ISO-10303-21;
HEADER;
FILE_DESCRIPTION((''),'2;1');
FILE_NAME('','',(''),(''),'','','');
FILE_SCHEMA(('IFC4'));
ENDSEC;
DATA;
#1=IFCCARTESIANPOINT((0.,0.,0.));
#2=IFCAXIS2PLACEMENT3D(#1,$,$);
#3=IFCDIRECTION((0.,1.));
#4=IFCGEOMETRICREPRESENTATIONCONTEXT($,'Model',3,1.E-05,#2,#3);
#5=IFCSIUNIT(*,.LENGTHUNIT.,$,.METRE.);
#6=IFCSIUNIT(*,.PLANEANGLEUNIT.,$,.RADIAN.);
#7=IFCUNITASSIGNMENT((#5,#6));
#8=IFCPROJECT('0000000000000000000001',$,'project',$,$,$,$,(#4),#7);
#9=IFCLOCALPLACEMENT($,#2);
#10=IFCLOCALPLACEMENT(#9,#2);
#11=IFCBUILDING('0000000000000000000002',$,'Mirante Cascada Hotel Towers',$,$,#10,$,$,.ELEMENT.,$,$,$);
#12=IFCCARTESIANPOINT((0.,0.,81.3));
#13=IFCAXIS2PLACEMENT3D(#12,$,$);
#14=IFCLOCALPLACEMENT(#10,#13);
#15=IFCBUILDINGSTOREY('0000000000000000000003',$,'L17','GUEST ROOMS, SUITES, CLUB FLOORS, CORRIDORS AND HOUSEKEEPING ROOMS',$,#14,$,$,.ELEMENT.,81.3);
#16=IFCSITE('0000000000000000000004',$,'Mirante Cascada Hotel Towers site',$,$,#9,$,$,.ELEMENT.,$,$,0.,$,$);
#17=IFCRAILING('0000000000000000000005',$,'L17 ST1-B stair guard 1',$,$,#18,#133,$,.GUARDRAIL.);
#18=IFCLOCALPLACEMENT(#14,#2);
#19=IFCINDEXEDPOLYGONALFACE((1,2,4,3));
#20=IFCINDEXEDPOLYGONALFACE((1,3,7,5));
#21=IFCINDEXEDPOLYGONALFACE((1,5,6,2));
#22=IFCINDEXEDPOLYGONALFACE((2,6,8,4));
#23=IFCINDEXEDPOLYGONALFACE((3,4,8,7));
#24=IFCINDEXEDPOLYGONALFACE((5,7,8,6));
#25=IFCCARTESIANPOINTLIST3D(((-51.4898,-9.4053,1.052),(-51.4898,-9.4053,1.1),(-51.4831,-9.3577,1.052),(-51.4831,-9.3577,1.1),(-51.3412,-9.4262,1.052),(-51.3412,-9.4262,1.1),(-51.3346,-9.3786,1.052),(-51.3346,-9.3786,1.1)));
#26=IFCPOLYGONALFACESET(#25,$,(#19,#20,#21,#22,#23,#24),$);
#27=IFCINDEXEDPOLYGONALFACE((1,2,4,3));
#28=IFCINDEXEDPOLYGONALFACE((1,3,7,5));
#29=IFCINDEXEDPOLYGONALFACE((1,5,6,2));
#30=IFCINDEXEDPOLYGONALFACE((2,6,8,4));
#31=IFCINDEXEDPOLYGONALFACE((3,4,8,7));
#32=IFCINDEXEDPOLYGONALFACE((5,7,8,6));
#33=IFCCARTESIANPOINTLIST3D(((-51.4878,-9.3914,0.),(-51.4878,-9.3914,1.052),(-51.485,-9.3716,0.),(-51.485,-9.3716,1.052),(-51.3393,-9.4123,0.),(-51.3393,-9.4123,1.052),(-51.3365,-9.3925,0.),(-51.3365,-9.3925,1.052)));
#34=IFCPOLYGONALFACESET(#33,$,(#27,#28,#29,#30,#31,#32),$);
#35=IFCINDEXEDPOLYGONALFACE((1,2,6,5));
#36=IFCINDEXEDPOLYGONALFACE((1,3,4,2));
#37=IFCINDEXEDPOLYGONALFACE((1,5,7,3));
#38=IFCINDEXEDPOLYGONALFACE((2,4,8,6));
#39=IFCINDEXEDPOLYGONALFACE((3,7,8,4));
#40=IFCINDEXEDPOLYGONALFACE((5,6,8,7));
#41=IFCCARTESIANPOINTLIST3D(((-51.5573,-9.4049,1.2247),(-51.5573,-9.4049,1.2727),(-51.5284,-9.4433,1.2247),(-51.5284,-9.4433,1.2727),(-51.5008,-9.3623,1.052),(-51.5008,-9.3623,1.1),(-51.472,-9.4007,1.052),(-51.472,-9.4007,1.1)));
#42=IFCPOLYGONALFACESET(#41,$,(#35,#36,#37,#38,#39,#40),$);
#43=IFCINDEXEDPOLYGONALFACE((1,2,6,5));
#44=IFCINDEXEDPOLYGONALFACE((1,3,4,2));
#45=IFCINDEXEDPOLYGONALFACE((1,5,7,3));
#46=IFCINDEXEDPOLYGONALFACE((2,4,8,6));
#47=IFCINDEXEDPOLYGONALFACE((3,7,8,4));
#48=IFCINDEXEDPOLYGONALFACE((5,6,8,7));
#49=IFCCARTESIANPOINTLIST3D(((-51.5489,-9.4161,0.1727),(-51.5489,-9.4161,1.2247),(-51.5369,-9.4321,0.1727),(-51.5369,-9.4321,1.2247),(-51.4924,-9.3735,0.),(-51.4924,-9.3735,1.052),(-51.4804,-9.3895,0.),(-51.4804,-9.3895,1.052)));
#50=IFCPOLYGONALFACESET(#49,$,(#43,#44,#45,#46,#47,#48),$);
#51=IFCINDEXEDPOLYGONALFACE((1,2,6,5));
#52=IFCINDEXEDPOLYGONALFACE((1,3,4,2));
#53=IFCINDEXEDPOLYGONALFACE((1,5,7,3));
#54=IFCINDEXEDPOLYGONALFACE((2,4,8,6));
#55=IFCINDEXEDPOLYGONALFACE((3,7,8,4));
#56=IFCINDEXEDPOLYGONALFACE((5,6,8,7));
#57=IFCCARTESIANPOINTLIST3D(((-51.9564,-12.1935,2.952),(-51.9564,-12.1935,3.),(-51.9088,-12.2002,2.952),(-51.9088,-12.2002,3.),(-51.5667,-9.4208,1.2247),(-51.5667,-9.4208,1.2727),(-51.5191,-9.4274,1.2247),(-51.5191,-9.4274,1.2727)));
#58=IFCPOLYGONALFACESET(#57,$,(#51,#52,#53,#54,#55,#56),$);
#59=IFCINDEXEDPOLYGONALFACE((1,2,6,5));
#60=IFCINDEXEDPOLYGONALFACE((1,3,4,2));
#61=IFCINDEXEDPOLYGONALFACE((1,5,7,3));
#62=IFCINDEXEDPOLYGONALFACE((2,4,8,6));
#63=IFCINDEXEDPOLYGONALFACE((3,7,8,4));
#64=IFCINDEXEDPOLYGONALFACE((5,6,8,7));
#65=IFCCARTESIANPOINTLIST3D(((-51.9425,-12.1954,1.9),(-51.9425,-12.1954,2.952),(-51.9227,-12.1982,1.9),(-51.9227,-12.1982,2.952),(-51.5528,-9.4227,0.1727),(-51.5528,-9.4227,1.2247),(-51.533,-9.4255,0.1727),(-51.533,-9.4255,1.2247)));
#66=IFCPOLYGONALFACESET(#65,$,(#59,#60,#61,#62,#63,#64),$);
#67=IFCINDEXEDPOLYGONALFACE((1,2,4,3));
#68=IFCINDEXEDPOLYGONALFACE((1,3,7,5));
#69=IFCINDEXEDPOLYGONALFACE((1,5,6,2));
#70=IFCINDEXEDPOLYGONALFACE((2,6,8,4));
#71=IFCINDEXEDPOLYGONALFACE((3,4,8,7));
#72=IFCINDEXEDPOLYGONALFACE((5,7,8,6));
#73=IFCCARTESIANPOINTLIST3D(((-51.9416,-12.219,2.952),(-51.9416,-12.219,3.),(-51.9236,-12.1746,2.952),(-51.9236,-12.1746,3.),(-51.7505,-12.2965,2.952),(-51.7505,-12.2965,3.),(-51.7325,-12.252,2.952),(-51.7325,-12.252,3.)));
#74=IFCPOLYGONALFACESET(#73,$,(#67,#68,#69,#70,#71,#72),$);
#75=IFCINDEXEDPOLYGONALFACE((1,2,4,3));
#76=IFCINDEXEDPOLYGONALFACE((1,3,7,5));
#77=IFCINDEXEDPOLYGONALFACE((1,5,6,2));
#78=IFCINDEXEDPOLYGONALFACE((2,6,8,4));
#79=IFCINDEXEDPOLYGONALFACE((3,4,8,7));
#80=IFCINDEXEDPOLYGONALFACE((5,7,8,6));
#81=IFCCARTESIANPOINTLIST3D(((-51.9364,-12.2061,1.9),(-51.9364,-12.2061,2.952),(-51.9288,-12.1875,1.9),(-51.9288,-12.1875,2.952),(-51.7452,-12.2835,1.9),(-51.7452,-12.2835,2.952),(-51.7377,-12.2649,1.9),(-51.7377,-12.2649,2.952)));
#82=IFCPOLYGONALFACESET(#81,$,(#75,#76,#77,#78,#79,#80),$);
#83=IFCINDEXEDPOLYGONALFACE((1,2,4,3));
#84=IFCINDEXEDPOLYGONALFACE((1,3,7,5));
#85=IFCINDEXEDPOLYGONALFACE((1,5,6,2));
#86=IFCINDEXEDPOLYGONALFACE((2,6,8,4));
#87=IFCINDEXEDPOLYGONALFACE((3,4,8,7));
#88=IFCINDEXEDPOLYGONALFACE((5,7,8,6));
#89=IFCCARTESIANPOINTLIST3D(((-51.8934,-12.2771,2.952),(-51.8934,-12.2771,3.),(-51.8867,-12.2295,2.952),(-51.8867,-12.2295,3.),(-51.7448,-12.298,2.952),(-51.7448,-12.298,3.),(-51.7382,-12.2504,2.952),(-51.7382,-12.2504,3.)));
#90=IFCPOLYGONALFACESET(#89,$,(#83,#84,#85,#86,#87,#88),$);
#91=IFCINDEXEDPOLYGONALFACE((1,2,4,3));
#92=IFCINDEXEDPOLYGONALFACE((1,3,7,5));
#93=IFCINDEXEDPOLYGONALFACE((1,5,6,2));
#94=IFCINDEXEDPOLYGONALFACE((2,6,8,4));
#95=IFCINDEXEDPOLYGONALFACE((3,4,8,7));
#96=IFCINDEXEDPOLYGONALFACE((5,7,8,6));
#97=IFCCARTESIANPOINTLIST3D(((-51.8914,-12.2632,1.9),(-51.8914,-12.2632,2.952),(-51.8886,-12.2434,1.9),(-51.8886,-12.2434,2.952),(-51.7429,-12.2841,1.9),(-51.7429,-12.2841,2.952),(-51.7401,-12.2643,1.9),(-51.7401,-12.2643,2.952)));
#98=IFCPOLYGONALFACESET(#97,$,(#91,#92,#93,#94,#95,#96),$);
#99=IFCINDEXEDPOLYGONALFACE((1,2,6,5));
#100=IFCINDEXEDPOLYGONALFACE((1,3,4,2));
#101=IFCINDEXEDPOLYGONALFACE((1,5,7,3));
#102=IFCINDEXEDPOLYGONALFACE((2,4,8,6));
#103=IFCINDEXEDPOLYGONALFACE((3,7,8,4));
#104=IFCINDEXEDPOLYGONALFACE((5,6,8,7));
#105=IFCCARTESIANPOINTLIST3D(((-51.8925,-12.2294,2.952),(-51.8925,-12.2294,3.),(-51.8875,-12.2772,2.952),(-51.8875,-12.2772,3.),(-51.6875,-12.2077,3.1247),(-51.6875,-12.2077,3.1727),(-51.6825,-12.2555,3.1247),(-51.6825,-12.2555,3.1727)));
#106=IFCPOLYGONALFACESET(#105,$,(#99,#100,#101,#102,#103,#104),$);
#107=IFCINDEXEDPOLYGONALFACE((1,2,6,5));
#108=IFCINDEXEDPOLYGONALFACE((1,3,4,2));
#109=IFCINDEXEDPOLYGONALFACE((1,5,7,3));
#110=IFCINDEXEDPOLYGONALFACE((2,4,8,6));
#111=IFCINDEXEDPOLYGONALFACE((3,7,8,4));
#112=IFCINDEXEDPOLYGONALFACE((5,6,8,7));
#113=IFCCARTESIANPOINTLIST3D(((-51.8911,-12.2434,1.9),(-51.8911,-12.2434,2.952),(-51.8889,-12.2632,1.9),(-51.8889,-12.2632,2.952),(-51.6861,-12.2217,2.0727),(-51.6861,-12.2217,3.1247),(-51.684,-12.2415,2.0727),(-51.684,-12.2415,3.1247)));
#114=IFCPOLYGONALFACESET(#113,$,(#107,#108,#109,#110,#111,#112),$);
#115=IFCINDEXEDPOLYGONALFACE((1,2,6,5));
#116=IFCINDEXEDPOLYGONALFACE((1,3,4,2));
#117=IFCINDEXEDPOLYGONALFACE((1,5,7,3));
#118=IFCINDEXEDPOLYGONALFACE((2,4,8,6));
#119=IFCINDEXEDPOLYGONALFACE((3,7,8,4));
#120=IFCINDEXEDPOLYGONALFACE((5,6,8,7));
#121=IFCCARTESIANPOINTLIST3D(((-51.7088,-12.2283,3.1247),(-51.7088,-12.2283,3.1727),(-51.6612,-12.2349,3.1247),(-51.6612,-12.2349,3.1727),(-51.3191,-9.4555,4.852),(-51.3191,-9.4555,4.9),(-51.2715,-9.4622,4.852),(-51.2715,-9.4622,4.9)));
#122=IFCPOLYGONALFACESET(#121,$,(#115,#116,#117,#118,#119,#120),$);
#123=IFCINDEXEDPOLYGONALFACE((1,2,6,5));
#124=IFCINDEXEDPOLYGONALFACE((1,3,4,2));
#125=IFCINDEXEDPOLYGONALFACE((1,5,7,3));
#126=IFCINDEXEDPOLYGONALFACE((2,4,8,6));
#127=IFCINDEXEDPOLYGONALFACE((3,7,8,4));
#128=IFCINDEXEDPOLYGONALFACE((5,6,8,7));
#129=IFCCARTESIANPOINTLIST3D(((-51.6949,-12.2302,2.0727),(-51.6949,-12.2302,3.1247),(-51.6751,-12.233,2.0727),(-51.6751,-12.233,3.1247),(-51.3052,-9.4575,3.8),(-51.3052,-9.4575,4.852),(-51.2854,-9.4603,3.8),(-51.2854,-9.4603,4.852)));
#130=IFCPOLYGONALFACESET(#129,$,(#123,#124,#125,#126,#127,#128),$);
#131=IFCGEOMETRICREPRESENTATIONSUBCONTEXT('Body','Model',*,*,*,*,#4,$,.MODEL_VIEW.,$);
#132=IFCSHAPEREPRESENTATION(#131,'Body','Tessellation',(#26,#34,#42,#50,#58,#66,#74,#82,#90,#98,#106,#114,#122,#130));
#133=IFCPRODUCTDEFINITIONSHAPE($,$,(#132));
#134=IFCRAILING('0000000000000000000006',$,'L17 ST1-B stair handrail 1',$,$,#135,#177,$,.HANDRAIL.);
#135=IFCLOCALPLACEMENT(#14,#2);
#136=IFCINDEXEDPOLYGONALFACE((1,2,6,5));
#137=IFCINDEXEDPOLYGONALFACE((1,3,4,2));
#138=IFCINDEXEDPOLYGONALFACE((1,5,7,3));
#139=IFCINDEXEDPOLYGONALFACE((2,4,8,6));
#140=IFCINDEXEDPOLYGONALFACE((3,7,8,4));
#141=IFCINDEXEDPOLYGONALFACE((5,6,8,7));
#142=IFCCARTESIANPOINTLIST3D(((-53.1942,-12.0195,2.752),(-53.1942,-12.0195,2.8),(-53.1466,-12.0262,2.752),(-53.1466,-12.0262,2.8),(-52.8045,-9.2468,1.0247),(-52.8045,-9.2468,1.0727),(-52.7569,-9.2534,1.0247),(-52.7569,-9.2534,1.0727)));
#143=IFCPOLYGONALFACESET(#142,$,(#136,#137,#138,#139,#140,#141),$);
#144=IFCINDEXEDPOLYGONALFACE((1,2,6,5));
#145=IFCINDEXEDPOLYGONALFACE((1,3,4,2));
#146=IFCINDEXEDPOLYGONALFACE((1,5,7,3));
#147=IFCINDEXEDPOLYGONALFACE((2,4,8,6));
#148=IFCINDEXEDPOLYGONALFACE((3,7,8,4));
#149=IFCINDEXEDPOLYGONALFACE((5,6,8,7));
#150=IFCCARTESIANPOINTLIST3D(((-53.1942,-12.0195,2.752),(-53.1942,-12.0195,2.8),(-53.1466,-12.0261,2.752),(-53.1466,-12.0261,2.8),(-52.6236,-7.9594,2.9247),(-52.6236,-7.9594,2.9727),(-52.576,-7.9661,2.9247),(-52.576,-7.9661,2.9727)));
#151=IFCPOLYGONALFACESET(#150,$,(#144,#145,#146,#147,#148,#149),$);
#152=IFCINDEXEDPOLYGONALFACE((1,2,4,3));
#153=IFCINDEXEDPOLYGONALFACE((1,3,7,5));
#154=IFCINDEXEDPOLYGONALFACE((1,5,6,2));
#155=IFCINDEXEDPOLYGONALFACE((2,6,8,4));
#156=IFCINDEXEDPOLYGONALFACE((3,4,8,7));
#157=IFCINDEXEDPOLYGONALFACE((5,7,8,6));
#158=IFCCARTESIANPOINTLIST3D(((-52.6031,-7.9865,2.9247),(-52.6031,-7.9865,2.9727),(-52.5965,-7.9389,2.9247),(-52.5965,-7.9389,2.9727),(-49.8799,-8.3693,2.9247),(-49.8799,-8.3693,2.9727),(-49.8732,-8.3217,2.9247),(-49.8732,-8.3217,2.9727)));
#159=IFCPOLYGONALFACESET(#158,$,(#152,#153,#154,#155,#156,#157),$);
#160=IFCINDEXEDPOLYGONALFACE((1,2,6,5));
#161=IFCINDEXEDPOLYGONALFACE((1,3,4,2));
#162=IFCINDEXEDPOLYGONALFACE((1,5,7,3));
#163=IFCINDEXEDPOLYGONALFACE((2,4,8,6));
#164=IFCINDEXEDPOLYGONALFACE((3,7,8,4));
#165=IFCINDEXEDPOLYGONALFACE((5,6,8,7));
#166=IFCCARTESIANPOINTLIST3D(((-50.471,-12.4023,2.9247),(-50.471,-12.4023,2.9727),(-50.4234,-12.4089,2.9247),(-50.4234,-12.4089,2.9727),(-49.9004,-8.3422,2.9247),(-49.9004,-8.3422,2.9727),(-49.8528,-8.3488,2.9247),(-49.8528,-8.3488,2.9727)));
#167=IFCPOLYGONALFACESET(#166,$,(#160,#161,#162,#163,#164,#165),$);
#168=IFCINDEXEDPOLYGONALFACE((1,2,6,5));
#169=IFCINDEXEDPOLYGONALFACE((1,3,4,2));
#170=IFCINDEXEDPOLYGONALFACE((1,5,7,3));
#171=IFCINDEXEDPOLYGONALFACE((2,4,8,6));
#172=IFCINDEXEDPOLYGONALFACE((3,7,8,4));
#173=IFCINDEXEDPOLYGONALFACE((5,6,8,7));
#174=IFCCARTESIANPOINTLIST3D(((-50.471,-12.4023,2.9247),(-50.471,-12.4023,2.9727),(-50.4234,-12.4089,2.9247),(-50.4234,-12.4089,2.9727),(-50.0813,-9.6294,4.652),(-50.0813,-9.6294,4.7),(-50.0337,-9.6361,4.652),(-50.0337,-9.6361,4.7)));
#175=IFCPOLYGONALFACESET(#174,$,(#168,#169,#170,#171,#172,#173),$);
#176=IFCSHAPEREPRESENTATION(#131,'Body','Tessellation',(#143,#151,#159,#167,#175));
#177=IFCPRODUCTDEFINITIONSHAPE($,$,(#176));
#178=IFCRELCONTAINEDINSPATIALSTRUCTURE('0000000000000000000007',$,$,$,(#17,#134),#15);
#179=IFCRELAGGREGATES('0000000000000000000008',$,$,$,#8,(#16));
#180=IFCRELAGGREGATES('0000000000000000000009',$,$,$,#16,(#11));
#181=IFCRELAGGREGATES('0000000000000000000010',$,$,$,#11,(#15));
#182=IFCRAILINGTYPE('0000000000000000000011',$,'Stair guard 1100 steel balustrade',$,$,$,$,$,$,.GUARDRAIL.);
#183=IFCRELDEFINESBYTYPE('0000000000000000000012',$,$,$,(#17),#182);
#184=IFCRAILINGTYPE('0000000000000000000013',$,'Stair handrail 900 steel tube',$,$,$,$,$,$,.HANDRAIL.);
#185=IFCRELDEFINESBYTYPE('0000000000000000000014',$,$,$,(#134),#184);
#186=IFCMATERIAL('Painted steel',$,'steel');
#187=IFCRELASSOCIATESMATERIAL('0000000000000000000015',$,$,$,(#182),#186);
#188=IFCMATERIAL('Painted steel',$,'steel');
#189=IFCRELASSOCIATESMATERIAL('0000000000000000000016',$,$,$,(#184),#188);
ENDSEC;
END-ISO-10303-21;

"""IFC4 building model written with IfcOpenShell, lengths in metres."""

from ifc_helpers import new_model, si_unit, direction, frame, origin, origin_2d, place, context, subcontext, project, spatial, rectangle, extrude, material, type_object, element, save


model = new_model("IFC4")

# Units and contexts
model_context = context("Model", 3, precision=1e-05, world=origin(), true_north=direction((0.0, 1.0)))
body_context = subcontext(model_context, "Body", "Model", "MODEL_VIEW")
ifc_project = project(units=[si_unit("LENGTHUNIT", "METRE"), si_unit("PLANEANGLEUNIT", "RADIAN")], contexts=[model_context])

# Site, building, storey
site_placement = place(None, origin())
site = spatial("IfcSite", under=ifc_project, at=site_placement, Name="Mirante Cascada Hotel Towers site", CompositionType="ELEMENT", RefElevation=0.0)
building_placement = place(site_placement, origin())
building = spatial("IfcBuilding", under=site, at=building_placement, Name="Mirante Cascada Hotel Towers", CompositionType="ELEMENT")
storey_placement = place(building_placement, frame((0.0, 0.0, 81.3)))
storey = spatial("IfcBuildingStorey", under=building, at=storey_placement, Name="L17", Description="GUEST ROOMS, SUITES, CLUB FLOORS, CORRIDORS AND HOUSEKEEPING ROOMS", CompositionType="ELEMENT", Elevation=81.3)

# Railings
ifc_material_1 = material(Name="Painted steel", Category="steel")
railing_type_1 = type_object("IfcRailingType", Name="Stair guard 1100 steel balustrade", PredefinedType="GUARDRAIL", material=ifc_material_1)
railing_1_placement = place(storey_placement, frame((-51.3379, -9.4024, 0.0)))
element("IfcRailing", 1, at=railing_1_placement, inside=storey, type_object=railing_type_1, Name="L17 ST1-B stair guard 1", PredefinedType="GUARDRAIL", context=body_context, shape_type="SweptSolid", body=[
    extrude(rectangle(XDim=0.048, YDim=0.048, at=origin_2d()), frame((0.0, 0.0, 1.076), z_axis=(-0.990241, 0.139367, 0.0), x_axis=(-0.139367, -0.990241, 0.0)), (0.0, 0.0, 1.0), 0.15),
    extrude(rectangle(XDim=0.02, YDim=1.052, at=origin_2d()), frame((0.0, 0.0, 0.526), z_axis=(-0.990241, 0.139367, 0.0), x_axis=(-0.139367, -0.990241, 0.0)), (0.0, 0.0, 1.0), 0.15),
    extrude(rectangle(XDim=0.048, YDim=0.048, at=origin_2d()), frame((-0.1485, 0.0209, 1.076), z_axis=(-0.798471, -0.602033, 0.0), x_axis=(0.602033, -0.798471, 0.0)), (0.0, 0.92534, 0.379139), 0.1866),
    extrude(rectangle(XDim=0.02, YDim=1.052, at=origin_2d()), frame((-0.1485, 0.0209, 0.526), z_axis=(-0.798471, -0.602033, 0.0), x_axis=(0.602033, -0.798471, 0.0)), (0.0, 0.92534, 0.379139), 0.1866),
    extrude(rectangle(XDim=0.048, YDim=0.048, at=origin_2d()), frame((-0.205, -0.0217, 1.2487), z_axis=(-0.139181, -0.990267, 0.0), x_axis=(0.990267, -0.139181, 0.0)), (0.0, 0.525035, 0.851081), 3.2899),
    extrude(rectangle(XDim=0.02, YDim=1.052, at=origin_2d()), frame((-0.205, -0.0217, 0.6987), z_axis=(-0.139181, -0.990267, 0.0), x_axis=(0.990267, -0.139181, 0.0)), (0.0, 0.525035, 0.851081), 3.2899),
    extrude(rectangle(XDim=0.048, YDim=0.048, at=origin_2d()), frame((-0.5947, -2.7944, 2.976), z_axis=(0.926862, -0.375401, 0.0), x_axis=(0.375401, 0.926862, 0.0)), (0.0, 0.0, 1.0), 0.2062),
    extrude(rectangle(XDim=0.02, YDim=1.052, at=origin_2d()), frame((-0.5947, -2.7944, 2.426), z_axis=(0.926862, -0.375401, 0.0), x_axis=(0.375401, 0.926862, 0.0)), (0.0, 0.0, 1.0), 0.2062),
    extrude(rectangle(XDim=0.048, YDim=0.048, at=origin_2d()), frame((-0.4036, -2.8718, 2.976), z_axis=(-0.990241, 0.139367, 0.0), x_axis=(-0.139367, -0.990241, 0.0)), (0.0, 0.0, 1.0), 0.15),
    extrude(rectangle(XDim=0.02, YDim=1.052, at=origin_2d()), frame((-0.4036, -2.8718, 2.426), z_axis=(-0.990241, 0.139367, 0.0), x_axis=(-0.139367, -0.990241, 0.0)), (0.0, 0.0, 1.0), 0.15),
    extrude(rectangle(XDim=0.048, YDim=0.048, at=origin_2d()), frame((-0.5521, -2.8509, 2.976), z_axis=(0.994444, 0.105266, 0.0), x_axis=(-0.105266, 0.994444, 0.0)), (0.0, 0.642184, 0.76655), 0.2689),
    extrude(rectangle(XDim=0.02, YDim=1.052, at=origin_2d()), frame((-0.5521, -2.8509, 2.426), z_axis=(0.994444, 0.105266, 0.0), x_axis=(-0.105266, 0.994444, 0.0)), (0.0, 0.642184, 0.76655), 0.2689),
    extrude(rectangle(XDim=0.048, YDim=0.048, at=origin_2d()), frame((-0.3471, -2.8292, 3.1487), z_axis=(0.139181, 0.990267, 0.0), x_axis=(-0.990267, 0.139181, 0.0)), (0.0, 0.525035, 0.851081), 3.2899),
    extrude(rectangle(XDim=0.02, YDim=1.052, at=origin_2d()), frame((-0.3471, -2.8292, 2.5987), z_axis=(0.139181, 0.990267, 0.0), x_axis=(-0.990267, 0.139181, 0.0)), (0.0, 0.525035, 0.851081), 3.2899),
])
ifc_material_2 = material(Name="Painted steel", Category="steel")
railing_type_2 = type_object("IfcRailingType", Name="Stair handrail 900 steel tube", PredefinedType="HANDRAIL", material=ifc_material_2)
railing_2_placement = place(storey_placement, frame((-52.7807, -9.2501, 0.1727)))
element("IfcRailing", 2, at=railing_2_placement, inside=storey, type_object=railing_type_2, Name="L17 ST1-B stair handrail 1", PredefinedType="HANDRAIL", context=body_context, shape_type="SweptSolid", body=[
    extrude(rectangle(XDim=0.048, YDim=0.048, at=origin_2d()), frame((0.0, 0.0, 0.876), z_axis=(-0.139181, -0.990267, 0.0), x_axis=(0.990267, -0.139181, 0.0)), (0.0, 0.525035, 0.851081), 3.2899),
    extrude(rectangle(XDim=0.048, YDim=0.048, at=origin_2d()), frame((-0.3897, -2.7727, 2.6033), z_axis=(0.139171, 0.990268, 0.0), x_axis=(-0.990268, 0.139171, 0.0)), (0.0, 0.042085, 0.999114), 4.1036),
    extrude(rectangle(XDim=0.048, YDim=0.048, at=origin_2d()), frame((0.1809, 1.2874, 2.776), z_axis=(0.990264, -0.139201, 0.0), x_axis=(0.139201, 0.990264, 0.0)), (0.0, 0.0, 1.0), 2.75),
    extrude(rectangle(XDim=0.048, YDim=0.048, at=origin_2d()), frame((2.9041, 0.9046, 2.776), z_axis=(-0.139171, -0.990268, 0.0), x_axis=(0.990268, -0.139171, 0.0)), (0.0, 0.0, 1.0), 4.1),
    extrude(rectangle(XDim=0.048, YDim=0.048, at=origin_2d()), frame((2.3335, -3.1555, 2.776), z_axis=(0.139176, 0.990268, 0.0), x_axis=(-0.990268, 0.139176, 0.0)), (0.0, 0.525021, 0.851089), 3.29),
])

save(model, "model.ifc")
